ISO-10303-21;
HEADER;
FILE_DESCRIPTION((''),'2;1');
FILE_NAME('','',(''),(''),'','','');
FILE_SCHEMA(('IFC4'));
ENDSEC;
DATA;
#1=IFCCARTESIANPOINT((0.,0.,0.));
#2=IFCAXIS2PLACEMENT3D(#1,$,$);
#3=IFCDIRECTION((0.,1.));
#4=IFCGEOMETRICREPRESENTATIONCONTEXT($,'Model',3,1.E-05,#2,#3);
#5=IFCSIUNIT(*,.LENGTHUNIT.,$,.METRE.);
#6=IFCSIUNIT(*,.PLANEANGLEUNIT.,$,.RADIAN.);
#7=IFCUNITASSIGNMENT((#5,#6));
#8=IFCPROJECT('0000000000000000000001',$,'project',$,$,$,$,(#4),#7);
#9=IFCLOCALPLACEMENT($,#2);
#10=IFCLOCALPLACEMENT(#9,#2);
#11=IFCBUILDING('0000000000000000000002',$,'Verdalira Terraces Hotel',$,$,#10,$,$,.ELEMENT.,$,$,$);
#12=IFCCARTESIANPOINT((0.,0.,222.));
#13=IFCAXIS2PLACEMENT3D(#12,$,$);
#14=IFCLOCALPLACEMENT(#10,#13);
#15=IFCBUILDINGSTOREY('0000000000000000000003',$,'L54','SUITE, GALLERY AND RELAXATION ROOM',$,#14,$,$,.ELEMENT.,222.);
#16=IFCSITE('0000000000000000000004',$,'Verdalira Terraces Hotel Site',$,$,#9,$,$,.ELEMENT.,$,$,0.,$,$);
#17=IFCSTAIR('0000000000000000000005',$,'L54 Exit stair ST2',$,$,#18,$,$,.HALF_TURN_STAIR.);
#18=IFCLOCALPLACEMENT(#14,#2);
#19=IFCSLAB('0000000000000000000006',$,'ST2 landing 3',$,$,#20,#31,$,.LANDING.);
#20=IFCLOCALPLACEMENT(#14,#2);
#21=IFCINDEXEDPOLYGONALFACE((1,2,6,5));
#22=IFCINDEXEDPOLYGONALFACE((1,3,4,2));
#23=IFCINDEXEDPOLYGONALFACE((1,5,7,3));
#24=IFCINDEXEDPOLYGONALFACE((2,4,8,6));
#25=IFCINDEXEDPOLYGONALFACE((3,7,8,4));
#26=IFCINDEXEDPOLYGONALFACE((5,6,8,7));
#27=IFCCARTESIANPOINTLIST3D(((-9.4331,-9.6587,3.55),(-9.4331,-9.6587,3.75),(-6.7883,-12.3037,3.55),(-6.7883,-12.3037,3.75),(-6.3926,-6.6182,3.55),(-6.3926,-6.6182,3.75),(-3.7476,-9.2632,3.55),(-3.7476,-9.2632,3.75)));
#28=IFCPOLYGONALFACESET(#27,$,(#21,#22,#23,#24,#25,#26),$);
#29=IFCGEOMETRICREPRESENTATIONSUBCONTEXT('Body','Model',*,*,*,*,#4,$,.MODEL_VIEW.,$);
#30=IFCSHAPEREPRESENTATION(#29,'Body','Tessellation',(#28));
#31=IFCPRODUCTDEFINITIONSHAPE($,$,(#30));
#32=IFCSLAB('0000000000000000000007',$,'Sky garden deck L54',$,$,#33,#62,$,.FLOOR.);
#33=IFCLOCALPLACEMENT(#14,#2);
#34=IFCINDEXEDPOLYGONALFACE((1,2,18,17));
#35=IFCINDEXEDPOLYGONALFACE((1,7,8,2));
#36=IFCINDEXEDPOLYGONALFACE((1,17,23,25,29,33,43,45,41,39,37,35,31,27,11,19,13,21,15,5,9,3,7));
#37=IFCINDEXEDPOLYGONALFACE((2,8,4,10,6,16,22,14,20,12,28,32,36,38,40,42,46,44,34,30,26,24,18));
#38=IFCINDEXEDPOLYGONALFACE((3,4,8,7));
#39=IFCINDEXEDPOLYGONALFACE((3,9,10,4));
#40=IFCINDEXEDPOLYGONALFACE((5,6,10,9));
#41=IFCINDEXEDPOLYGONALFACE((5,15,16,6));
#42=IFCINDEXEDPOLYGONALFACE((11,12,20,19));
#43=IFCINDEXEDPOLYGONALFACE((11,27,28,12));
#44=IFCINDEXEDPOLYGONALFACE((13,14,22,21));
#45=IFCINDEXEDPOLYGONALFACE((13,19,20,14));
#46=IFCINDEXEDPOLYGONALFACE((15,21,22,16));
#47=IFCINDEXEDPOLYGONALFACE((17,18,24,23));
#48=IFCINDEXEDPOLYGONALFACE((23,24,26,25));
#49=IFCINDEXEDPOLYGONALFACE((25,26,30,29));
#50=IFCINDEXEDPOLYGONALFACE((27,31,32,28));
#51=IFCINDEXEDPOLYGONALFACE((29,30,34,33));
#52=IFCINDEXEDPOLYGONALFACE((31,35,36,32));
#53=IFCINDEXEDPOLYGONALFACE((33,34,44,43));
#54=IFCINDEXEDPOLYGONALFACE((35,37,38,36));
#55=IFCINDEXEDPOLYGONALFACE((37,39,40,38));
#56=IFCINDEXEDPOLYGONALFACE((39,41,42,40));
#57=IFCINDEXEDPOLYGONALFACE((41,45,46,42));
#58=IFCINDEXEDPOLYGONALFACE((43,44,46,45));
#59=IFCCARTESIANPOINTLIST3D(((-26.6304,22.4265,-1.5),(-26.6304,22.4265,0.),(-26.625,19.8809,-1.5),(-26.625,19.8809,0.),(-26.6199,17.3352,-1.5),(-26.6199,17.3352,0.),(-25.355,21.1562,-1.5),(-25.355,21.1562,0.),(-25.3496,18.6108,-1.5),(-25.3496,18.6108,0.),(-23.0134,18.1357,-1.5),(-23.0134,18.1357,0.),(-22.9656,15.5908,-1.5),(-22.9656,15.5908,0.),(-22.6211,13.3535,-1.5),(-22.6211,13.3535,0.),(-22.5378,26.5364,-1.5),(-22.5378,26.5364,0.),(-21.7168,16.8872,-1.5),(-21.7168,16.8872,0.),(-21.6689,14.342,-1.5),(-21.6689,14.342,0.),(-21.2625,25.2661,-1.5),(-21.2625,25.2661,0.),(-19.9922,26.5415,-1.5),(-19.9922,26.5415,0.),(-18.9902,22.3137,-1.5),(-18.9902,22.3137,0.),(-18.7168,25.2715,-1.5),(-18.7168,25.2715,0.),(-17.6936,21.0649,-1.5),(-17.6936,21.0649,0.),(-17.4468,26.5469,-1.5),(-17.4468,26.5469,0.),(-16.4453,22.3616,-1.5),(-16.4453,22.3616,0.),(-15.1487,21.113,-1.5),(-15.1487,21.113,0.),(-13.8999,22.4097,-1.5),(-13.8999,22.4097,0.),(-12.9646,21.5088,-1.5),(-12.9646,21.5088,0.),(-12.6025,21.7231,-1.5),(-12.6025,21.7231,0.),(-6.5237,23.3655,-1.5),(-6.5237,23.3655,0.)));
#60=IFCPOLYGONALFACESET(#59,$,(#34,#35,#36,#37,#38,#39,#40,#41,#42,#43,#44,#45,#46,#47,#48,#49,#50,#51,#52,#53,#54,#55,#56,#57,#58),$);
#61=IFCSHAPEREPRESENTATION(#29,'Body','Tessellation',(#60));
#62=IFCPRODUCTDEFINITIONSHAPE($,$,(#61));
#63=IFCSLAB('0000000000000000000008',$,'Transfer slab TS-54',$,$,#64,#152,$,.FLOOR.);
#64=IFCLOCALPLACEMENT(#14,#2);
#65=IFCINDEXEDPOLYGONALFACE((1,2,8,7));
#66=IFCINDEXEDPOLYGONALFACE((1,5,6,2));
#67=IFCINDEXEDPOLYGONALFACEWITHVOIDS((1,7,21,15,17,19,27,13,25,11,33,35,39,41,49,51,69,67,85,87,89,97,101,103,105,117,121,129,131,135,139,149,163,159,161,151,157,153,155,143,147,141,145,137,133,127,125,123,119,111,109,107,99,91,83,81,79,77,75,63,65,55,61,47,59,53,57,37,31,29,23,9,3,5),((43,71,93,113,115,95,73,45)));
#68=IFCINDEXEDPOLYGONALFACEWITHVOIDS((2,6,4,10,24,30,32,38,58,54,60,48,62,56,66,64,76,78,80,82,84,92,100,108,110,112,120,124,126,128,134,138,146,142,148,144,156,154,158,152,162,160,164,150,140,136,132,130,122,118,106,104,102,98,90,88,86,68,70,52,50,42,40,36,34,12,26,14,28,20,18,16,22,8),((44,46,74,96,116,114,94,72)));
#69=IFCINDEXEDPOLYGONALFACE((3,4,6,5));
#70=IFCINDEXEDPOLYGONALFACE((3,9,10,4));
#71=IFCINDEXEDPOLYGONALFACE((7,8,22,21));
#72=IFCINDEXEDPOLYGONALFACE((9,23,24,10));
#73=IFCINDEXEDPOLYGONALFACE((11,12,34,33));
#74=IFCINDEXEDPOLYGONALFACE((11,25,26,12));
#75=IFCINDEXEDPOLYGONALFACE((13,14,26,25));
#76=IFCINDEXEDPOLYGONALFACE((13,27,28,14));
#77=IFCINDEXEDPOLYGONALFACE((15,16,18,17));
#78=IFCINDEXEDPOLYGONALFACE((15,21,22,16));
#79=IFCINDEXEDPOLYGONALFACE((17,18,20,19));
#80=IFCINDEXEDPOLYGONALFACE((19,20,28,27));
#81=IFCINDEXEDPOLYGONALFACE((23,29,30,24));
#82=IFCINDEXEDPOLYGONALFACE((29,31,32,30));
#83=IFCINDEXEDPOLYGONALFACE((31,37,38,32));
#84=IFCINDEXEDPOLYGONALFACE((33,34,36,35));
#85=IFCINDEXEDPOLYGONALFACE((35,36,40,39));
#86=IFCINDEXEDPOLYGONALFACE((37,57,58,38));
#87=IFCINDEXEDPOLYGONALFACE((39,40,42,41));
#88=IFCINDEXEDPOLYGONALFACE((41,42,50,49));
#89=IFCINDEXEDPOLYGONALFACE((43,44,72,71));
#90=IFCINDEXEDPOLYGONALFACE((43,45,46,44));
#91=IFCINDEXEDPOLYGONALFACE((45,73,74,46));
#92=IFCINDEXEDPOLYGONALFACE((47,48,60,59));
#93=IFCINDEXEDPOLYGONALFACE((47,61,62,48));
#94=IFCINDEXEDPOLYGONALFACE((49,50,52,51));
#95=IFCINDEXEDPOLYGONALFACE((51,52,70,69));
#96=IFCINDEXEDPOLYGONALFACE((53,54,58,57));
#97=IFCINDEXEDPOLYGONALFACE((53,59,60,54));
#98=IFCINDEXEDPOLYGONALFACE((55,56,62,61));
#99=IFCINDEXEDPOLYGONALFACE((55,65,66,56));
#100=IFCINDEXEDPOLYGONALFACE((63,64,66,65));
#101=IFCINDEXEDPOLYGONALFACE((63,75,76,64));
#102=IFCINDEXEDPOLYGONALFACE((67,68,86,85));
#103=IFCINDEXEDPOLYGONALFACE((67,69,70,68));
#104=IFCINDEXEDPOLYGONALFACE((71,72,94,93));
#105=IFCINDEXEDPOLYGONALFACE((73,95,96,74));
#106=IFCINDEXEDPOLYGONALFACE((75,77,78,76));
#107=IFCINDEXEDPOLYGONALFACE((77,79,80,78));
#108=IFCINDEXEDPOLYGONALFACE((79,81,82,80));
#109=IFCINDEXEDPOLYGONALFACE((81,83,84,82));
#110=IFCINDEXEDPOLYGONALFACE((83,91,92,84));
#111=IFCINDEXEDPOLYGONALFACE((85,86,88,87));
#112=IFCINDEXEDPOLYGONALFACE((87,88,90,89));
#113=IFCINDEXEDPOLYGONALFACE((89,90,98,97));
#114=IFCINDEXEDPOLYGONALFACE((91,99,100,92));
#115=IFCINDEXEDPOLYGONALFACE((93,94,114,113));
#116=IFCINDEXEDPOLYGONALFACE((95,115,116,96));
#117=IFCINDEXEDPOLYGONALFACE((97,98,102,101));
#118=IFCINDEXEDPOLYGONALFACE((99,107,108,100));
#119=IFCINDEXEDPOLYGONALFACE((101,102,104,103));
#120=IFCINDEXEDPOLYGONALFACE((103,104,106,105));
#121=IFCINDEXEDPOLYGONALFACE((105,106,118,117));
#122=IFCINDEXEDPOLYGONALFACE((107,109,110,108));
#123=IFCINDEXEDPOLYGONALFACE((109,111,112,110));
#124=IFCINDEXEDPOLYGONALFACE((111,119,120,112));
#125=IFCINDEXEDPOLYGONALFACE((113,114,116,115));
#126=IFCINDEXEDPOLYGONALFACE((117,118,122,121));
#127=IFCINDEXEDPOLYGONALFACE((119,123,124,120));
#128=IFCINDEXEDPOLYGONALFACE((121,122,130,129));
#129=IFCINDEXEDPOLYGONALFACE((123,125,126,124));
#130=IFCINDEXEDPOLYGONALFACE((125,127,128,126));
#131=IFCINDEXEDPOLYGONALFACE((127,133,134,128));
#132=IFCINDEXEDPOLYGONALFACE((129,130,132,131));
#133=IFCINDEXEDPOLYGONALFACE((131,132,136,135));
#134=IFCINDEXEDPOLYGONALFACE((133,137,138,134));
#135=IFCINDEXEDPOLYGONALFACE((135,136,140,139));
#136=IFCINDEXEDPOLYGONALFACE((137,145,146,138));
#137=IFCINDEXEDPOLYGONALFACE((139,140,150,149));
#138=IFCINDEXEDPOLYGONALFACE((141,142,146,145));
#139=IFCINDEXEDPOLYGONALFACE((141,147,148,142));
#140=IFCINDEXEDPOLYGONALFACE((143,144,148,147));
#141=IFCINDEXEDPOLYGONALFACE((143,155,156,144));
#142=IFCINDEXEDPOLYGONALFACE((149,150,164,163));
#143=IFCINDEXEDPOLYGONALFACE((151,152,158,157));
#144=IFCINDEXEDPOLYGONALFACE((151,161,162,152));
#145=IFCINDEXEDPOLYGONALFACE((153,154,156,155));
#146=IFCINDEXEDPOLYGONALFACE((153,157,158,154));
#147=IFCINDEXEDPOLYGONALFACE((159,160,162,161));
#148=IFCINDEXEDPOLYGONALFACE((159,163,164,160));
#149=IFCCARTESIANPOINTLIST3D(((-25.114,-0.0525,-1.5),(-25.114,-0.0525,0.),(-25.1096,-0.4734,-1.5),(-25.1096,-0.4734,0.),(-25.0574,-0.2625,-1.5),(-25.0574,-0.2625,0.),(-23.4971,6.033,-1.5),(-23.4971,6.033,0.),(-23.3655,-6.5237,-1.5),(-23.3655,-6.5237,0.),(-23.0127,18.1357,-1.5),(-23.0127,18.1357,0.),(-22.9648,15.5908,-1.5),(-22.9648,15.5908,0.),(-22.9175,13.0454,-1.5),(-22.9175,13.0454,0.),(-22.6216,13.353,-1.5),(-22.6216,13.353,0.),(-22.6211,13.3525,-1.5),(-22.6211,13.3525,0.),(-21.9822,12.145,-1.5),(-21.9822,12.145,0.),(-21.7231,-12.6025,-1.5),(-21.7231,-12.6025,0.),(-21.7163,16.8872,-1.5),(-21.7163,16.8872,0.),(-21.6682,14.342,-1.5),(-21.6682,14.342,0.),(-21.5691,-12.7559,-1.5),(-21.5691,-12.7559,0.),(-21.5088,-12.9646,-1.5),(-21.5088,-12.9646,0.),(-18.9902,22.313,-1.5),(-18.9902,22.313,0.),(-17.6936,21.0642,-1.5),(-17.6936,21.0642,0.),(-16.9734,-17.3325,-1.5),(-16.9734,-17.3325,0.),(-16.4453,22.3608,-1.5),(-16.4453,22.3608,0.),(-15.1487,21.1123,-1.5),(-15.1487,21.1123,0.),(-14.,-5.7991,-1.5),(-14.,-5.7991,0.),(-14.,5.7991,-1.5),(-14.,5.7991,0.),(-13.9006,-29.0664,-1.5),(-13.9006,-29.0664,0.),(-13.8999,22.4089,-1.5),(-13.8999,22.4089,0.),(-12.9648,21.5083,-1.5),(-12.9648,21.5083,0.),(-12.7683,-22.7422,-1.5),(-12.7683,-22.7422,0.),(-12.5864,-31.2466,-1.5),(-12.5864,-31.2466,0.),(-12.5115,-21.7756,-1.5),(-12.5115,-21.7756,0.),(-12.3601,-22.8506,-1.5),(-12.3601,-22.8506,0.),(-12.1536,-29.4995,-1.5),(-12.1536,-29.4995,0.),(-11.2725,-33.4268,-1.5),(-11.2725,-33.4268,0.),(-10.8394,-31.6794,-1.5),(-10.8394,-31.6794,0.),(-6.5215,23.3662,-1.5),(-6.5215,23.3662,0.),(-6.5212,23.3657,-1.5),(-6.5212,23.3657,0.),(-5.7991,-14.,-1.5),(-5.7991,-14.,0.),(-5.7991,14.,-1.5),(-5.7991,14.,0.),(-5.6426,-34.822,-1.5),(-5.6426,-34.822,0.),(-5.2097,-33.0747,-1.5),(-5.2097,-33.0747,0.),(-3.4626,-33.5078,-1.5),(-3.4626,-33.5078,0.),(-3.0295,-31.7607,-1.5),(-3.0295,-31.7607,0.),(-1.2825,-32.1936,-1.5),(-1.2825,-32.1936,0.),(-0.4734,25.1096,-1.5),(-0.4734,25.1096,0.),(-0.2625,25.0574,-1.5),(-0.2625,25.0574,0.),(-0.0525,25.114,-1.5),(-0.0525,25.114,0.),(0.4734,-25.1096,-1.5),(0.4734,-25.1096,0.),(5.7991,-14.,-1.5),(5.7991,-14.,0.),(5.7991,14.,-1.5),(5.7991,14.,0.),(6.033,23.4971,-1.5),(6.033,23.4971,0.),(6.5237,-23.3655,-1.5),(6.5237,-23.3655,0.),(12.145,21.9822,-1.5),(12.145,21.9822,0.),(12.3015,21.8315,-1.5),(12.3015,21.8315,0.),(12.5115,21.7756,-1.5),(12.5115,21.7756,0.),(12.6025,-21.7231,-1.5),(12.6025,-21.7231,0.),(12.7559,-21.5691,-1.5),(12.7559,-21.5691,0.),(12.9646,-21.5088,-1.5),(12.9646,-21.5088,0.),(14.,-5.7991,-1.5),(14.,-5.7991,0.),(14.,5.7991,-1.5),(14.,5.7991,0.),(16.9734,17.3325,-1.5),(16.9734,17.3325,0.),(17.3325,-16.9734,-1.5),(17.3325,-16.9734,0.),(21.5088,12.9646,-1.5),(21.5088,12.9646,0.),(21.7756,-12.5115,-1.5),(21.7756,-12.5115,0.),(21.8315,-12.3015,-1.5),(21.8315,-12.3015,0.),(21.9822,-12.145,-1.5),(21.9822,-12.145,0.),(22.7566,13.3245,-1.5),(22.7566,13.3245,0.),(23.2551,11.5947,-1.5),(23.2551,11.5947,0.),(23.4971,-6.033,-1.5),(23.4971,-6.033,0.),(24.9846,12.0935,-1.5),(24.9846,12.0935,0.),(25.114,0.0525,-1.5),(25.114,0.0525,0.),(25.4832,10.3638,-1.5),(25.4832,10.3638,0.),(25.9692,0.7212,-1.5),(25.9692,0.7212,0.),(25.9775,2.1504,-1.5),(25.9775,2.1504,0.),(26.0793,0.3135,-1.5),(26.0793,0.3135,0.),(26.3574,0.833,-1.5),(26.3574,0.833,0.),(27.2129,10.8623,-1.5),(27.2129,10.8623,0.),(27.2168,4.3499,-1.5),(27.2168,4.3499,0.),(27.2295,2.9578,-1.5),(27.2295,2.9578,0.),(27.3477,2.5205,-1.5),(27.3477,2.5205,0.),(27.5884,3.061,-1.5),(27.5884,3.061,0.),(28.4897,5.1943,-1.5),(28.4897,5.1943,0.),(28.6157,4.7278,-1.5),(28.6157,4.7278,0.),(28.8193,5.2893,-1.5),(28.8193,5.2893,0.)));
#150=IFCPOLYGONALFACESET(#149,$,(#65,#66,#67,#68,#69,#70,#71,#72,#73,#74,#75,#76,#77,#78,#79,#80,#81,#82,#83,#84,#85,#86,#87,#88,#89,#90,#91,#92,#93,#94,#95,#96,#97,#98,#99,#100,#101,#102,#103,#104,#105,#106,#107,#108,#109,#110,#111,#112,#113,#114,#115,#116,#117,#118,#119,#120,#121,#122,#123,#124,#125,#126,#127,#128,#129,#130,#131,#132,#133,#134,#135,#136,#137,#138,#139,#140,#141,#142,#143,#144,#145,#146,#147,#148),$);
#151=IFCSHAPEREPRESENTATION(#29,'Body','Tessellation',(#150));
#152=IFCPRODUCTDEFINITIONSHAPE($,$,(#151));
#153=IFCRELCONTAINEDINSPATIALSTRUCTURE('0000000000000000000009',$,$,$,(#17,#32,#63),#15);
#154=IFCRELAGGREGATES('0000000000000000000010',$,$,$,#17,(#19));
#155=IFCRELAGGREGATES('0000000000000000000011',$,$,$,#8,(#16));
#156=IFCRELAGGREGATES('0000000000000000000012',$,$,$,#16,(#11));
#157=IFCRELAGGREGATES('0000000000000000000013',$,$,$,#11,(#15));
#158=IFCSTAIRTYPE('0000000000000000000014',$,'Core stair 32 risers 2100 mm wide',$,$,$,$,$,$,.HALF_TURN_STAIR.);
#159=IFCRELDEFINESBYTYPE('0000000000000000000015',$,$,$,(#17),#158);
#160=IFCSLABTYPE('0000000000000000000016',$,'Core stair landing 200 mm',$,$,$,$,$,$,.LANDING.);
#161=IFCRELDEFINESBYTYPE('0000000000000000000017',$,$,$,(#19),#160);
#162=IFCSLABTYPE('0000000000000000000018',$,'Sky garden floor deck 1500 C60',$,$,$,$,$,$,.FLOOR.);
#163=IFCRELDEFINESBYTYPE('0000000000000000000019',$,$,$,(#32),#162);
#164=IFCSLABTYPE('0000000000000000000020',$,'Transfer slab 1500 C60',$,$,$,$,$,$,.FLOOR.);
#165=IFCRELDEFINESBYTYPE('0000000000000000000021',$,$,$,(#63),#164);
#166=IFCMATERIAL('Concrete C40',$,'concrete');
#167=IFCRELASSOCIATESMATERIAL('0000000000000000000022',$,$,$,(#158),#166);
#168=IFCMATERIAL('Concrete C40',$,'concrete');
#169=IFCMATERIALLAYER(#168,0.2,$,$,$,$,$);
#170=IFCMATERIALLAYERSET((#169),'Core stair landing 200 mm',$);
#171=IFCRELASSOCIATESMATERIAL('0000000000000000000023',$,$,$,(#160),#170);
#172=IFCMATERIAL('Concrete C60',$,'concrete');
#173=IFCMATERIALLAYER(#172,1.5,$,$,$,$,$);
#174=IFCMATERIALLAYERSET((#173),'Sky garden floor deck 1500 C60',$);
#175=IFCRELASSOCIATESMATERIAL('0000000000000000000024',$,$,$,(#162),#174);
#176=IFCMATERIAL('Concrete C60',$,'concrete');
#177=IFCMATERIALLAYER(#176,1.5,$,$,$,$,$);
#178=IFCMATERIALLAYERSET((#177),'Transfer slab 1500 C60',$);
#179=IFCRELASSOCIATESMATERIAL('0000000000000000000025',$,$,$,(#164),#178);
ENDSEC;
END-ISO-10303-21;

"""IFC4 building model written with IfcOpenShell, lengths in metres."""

from ifc_helpers import new_model, si_unit, direction, frame, origin, place, context, subcontext, project, spatial, polyline, outline, extrude, material, layer, layer_set, type_object, element, aggregate, save


model = new_model("IFC4")

# Units and contexts
model_context = context("Model", 3, precision=1e-05, world=origin(), true_north=direction((0.0, 1.0)))
body_context = subcontext(model_context, "Body", "Model", "MODEL_VIEW")
ifc_project = project(units=[si_unit("LENGTHUNIT", "METRE"), si_unit("PLANEANGLEUNIT", "RADIAN")], contexts=[model_context])

# Site, building, storey
site_placement = place(None, origin())
site = spatial("IfcSite", under=ifc_project, at=site_placement, Name="Verdalira Terraces Hotel Site", CompositionType="ELEMENT", RefElevation=0.0)
building_placement = place(site_placement, origin())
building = spatial("IfcBuilding", under=site, at=building_placement, Name="Verdalira Terraces Hotel", CompositionType="ELEMENT")
storey_placement = place(building_placement, frame((0.0, 0.0, 222.0)))
storey = spatial("IfcBuildingStorey", under=building, at=storey_placement, Name="L54", Description="SUITE, GALLERY AND RELAXATION ROOM", CompositionType="ELEMENT", Elevation=222.0)

# Stair, slab
ifc_material_1 = material(Name="Concrete C40", Category="concrete")
stair_type = type_object("IfcStairType", Name="Core stair 32 risers 2100 mm wide", PredefinedType="HALF_TURN_STAIR", material=ifc_material_1)
ifc_material_2 = material(Name="Concrete C40", Category="concrete")
ifc_layer_1 = layer(ifc_material_2, 0.2)
ifc_layer_set_1 = layer_set([ifc_layer_1], Name="Core stair landing 200 mm")
slab_type_1 = type_object("IfcSlabType", Name="Core stair landing 200 mm", PredefinedType="LANDING", material=ifc_layer_set_1)
stair_1_placement = place(storey_placement, origin())
stair_1 = element("IfcStair", 1, at=stair_1_placement, inside=storey, type_object=stair_type, Name="L54 Exit stair ST2", PredefinedType="HALF_TURN_STAIR")
slab_1_placement = place(storey_placement, frame((0.0, 0.0, 3.55)))
slab_1 = element("IfcSlab", 2, at=slab_1_placement, type_object=slab_type_1, Name="ST2 landing 3", PredefinedType="LANDING", context=body_context, shape_type="SweptSolid", body=[
    extrude(outline(polyline([(-9.4331, -9.6587), (-6.7883, -12.3037), (-3.7476, -9.2632), (-6.3926, -6.6182), (-9.4331, -9.6587)])), origin(), (0.0, 0.0, 1.0), 0.2),
])
aggregate(stair_1, [slab_1])

# Slabs
ifc_material_3 = material(Name="Concrete C60", Category="concrete")
ifc_layer_2 = layer(ifc_material_3, 1.5)
ifc_layer_set_2 = layer_set([ifc_layer_2], Name="Sky garden floor deck 1500 C60")
slab_type_2 = type_object("IfcSlabType", Name="Sky garden floor deck 1500 C60", PredefinedType="FLOOR", material=ifc_layer_set_2)
slab_2_placement = place(storey_placement, frame((0.0, 0.0, -1.5)))
element("IfcSlab", 3, at=slab_2_placement, inside=storey, type_object=slab_type_2, Name="Sky garden deck L54", PredefinedType="FLOOR", context=body_context, shape_type="SweptSolid", body=[
    extrude(outline(polyline([(-26.6199, 17.3352), (-22.6211, 13.3535), (-21.6689, 14.342), (-22.9656, 15.5908), (-21.7168, 16.8872), (-23.0134, 18.1357), (-18.9902, 22.3137), (-17.6936, 21.0649), (-16.4453, 22.3616), (-15.1487, 21.113), (-13.8999, 22.4097), (-12.9646, 21.5088), (-6.5237, 23.3655), (-12.6025, 21.7231), (-17.4468, 26.5469), (-18.7168, 25.2715), (-19.9922, 26.5415), (-21.2625, 25.2661), (-22.5378, 26.5364), (-26.6304, 22.4265), (-25.355, 21.1562), (-26.625, 19.8809), (-25.3496, 18.6108), (-26.6199, 17.3352)])), origin(), (0.0, 0.0, 1.0), 1.5),
])
ifc_material_4 = material(Name="Concrete C60", Category="concrete")
ifc_layer_3 = layer(ifc_material_4, 1.5)
ifc_layer_set_3 = layer_set([ifc_layer_3], Name="Transfer slab 1500 C60")
slab_type_3 = type_object("IfcSlabType", Name="Transfer slab 1500 C60", PredefinedType="FLOOR", material=ifc_layer_set_3)
slab_3_placement = place(storey_placement, frame((0.0, 0.0, -1.5)))
element("IfcSlab", 4, at=slab_3_placement, inside=storey, type_object=slab_type_3, Name="Transfer slab TS-54", PredefinedType="FLOOR", context=body_context, shape_type="SweptSolid", body=[
    extrude(outline(polyline([(-22.6216, 13.353), (-22.9175, 13.0454), (-21.9822, 12.145), (-23.4971, 6.033), (-25.114, -0.0525), (-25.0574, -0.2625), (-25.1096, -0.4734), (-23.3655, -6.5237), (-21.7231, -12.6025), (-21.5691, -12.7559), (-21.5088, -12.9646), (-16.9734, -17.3325), (-12.5115, -21.7756), (-12.7683, -22.7422), (-12.3601, -22.8506), (-13.9006, -29.0664), (-12.1536, -29.4995), (-12.5864, -31.2466), (-10.8394, -31.6794), (-11.2725, -33.4268), (-5.6426, -34.822), (-5.2097, -33.0747), (-3.4626, -33.5078), (-3.0295, -31.7607), (-1.2825, -32.1936), (0.4734, -25.1096), (6.5237, -23.3655), (12.6025, -21.7231), (12.7559, -21.5691), (12.9646, -21.5088), (17.3325, -16.9734), (21.7756, -12.5115), (21.8315, -12.3015), (21.9822, -12.145), (23.4971, -6.033), (25.114, 0.0525), (26.0793, 0.3135), (25.9692, 0.7212), (26.3574, 0.833), (25.9775, 2.1504), (27.3477, 2.5205), (27.2295, 2.9578), (27.5884, 3.061), (27.2168, 4.3499), (28.6157, 4.7278), (28.4897, 5.1943), (28.8193, 5.2893), (27.2129, 10.8623), (25.4832, 10.3638), (24.9846, 12.0935), (23.2551, 11.5947), (22.7566, 13.3245), (21.5088, 12.9646), (16.9734, 17.3325), (12.5115, 21.7756), (12.3015, 21.8315), (12.145, 21.9822), (6.033, 23.4971), (-0.0525, 25.114), (-0.2625, 25.0574), (-0.4734, 25.1096), (-6.5215, 23.3662), (-6.5212, 23.3657), (-12.9648, 21.5083), (-13.8999, 22.4089), (-15.1487, 21.1123), (-16.4453, 22.3608), (-17.6936, 21.0642), (-18.9902, 22.313), (-23.0127, 18.1357), (-21.7163, 16.8872), (-22.9648, 15.5908), (-21.6682, 14.342), (-22.6211, 13.3525), (-22.6216, 13.353)]), holes=[polyline([(5.7991, 14.0), (14.0, 5.7991), (14.0, -5.7991), (5.7991, -14.0), (-5.7991, -14.0), (-14.0, -5.7991), (-14.0, 5.7991), (-5.7991, 14.0), (5.7991, 14.0)])]), origin(), (0.0, 0.0, 1.0), 1.5),
])

save(model, "model.ifc")
